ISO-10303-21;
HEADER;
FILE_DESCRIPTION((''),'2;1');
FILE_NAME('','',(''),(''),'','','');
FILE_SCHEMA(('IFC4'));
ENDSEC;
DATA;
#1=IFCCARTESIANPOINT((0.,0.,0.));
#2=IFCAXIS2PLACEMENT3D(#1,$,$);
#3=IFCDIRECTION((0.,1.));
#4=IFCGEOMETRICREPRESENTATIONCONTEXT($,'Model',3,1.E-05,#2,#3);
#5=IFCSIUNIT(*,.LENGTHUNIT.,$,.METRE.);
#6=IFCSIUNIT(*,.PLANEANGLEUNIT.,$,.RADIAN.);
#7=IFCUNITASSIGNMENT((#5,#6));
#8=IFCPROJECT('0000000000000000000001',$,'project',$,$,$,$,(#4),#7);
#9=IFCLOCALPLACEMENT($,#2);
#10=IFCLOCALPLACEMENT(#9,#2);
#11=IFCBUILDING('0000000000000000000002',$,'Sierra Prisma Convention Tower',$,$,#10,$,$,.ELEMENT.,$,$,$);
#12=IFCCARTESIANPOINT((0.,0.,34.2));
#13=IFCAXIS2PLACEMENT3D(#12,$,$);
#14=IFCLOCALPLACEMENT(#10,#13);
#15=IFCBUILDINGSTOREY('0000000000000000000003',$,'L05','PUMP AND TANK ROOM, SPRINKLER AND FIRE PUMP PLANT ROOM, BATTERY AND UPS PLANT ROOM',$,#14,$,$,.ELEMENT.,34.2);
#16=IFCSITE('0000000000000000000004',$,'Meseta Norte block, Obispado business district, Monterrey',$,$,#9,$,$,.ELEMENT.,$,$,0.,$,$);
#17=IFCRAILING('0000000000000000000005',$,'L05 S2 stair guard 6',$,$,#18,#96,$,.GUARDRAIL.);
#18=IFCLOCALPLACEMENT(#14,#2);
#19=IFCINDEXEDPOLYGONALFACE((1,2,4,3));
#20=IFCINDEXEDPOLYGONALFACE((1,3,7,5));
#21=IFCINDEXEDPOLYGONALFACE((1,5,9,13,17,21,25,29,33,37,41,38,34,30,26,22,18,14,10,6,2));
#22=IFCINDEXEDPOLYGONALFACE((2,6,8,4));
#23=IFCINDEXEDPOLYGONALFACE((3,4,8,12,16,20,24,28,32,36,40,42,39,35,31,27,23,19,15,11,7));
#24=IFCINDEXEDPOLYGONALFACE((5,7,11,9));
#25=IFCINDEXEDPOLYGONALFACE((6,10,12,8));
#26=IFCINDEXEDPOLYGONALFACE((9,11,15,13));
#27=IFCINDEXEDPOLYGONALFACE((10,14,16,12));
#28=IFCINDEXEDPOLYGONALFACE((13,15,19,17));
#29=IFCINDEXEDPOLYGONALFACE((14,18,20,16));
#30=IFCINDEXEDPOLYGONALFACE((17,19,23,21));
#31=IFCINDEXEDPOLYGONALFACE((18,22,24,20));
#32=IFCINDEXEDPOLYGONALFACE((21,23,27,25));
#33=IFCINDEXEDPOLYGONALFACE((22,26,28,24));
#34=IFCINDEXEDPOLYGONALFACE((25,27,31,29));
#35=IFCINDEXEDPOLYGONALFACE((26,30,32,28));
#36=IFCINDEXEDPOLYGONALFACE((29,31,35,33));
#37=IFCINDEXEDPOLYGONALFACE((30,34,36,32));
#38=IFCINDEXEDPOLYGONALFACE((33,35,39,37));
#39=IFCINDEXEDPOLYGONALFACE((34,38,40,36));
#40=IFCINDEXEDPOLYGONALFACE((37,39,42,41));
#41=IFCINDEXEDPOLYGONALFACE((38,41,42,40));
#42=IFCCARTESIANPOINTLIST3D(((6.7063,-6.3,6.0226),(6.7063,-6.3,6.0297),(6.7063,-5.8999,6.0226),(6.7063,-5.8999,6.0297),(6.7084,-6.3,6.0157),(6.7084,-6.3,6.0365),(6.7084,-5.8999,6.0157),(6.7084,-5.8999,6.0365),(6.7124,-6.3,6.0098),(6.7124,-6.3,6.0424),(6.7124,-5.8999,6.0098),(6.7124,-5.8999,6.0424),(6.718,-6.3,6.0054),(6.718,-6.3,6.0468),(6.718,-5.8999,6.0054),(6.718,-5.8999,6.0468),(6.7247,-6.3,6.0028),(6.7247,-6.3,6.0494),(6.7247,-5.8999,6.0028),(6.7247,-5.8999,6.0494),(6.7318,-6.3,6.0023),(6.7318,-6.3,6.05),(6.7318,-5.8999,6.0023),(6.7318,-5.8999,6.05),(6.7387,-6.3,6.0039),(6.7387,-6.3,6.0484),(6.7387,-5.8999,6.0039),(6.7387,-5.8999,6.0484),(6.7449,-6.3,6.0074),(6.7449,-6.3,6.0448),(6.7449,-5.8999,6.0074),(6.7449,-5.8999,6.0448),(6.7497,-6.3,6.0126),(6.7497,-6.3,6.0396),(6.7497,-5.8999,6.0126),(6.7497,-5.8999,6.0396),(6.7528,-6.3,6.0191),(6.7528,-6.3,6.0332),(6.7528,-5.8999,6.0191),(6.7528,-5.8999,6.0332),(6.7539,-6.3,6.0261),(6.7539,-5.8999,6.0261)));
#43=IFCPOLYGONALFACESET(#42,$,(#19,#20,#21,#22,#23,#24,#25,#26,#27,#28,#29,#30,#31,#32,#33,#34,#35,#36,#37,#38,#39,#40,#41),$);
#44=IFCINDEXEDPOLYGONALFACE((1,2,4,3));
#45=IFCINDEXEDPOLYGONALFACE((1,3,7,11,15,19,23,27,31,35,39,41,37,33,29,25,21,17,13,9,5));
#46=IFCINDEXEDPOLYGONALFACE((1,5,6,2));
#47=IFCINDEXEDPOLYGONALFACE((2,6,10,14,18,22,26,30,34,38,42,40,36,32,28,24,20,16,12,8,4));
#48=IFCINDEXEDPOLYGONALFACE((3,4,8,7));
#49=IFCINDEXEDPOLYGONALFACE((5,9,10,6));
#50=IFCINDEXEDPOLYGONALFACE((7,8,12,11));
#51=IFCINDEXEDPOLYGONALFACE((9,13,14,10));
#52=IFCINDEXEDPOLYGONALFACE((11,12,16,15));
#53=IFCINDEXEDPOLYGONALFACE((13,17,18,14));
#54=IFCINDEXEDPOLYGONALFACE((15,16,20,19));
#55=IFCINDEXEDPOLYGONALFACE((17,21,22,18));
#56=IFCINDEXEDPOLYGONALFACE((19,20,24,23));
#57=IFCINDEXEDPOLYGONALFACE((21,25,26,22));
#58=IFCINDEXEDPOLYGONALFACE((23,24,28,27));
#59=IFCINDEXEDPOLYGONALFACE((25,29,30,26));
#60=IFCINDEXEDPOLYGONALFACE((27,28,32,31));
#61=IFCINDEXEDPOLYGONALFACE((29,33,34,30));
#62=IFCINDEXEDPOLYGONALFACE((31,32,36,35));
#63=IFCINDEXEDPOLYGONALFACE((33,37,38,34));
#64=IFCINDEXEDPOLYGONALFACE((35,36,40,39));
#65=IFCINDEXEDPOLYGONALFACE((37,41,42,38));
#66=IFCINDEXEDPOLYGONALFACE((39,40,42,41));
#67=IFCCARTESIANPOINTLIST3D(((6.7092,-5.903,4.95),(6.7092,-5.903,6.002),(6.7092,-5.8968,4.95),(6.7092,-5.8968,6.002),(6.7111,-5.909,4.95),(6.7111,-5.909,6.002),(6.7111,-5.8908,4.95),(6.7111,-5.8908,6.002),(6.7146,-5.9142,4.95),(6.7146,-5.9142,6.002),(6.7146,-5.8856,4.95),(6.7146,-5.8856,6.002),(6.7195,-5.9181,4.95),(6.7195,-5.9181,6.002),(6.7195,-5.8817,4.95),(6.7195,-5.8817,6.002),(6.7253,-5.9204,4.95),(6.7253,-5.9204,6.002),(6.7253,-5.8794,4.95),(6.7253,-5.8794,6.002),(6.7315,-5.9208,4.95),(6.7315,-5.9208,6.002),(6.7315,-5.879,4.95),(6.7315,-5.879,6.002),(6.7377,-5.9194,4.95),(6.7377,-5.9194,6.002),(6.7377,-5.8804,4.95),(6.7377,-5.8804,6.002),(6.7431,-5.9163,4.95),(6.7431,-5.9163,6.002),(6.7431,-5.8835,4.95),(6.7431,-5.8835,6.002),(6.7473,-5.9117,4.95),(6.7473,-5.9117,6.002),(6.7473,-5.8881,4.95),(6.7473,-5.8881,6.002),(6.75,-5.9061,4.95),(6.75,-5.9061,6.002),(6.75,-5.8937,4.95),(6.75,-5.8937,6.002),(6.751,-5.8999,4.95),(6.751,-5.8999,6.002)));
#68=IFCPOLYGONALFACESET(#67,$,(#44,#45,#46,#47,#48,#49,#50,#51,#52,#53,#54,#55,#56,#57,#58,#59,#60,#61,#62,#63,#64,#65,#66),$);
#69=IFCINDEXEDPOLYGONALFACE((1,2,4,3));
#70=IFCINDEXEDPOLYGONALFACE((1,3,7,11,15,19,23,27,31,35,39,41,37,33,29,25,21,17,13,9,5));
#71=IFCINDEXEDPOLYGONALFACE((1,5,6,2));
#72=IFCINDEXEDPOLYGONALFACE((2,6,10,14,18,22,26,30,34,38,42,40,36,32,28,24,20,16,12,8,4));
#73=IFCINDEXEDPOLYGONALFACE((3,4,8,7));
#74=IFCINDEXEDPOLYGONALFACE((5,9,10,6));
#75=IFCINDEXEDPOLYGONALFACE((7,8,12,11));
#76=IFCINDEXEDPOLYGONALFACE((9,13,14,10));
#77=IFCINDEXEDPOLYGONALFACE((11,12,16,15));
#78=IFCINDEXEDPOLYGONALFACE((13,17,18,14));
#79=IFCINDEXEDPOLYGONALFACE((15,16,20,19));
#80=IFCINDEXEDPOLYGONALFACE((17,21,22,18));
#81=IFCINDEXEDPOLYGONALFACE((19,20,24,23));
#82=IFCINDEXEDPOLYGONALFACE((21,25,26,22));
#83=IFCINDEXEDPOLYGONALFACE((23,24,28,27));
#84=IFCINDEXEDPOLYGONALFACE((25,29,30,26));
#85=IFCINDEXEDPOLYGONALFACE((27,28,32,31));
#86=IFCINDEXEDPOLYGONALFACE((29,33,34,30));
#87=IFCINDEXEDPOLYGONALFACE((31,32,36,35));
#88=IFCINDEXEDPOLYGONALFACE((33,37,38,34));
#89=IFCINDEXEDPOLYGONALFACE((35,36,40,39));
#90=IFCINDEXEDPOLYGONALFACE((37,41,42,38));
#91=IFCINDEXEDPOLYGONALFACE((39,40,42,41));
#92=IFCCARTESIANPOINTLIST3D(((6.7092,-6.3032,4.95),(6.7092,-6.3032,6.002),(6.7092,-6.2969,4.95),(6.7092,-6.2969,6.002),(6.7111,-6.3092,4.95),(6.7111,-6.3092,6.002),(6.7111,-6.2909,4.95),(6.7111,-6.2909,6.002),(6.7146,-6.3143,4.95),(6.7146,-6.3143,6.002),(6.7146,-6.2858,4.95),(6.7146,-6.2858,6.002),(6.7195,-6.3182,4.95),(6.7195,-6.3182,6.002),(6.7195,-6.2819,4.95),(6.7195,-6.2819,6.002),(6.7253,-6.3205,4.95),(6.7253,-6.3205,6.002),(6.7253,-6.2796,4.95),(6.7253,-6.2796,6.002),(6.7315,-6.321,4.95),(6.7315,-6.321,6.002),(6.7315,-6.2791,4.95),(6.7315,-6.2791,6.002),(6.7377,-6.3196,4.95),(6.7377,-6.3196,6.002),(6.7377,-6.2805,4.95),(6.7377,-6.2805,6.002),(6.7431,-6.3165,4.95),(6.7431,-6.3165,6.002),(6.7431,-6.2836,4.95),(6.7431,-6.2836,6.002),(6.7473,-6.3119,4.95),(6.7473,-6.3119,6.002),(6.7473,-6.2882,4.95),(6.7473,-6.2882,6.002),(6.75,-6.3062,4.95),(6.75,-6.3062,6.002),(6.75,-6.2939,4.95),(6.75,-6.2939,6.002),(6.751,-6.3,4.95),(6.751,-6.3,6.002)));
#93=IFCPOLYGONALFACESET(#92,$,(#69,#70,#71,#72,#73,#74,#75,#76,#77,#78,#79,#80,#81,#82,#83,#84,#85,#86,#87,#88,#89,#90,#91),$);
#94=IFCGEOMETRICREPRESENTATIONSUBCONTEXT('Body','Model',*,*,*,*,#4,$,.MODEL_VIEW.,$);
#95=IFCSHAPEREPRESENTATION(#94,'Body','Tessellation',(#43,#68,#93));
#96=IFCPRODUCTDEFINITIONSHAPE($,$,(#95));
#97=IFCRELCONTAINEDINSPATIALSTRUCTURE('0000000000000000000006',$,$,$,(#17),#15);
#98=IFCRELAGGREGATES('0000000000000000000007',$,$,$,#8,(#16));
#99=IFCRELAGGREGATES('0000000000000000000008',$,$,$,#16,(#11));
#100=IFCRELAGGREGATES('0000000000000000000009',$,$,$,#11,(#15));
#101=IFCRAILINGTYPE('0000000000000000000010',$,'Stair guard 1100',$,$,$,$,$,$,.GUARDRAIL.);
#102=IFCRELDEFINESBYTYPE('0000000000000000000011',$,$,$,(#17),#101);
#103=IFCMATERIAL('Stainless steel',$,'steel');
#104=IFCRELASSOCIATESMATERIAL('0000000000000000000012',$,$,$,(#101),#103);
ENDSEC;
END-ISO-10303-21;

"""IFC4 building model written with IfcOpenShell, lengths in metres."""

from ifc_helpers import new_model, si_unit, direction, frame, origin, origin_2d, place, context, subcontext, project, spatial, circle, extrude, material, type_object, element, save


model = new_model("IFC4")

# Units and contexts
model_context = context("Model", 3, precision=1e-05, world=origin(), true_north=direction((0.0, 1.0)))
body_context = subcontext(model_context, "Body", "Model", "MODEL_VIEW")
ifc_project = project(units=[si_unit("LENGTHUNIT", "METRE"), si_unit("PLANEANGLEUNIT", "RADIAN")], contexts=[model_context])

# Site, building, storey
site_placement = place(None, origin())
site = spatial("IfcSite", under=ifc_project, at=site_placement, Name="Meseta Norte block, Obispado business district, Monterrey", CompositionType="ELEMENT", RefElevation=0.0)
building_placement = place(site_placement, origin())
building = spatial("IfcBuilding", under=site, at=building_placement, Name="Sierra Prisma Convention Tower", CompositionType="ELEMENT")
storey_placement = place(building_placement, frame((0.0, 0.0, 34.2)))
storey = spatial("IfcBuildingStorey", under=building, at=storey_placement, Name="L05", Description="PUMP AND TANK ROOM, SPRINKLER AND FIRE PUMP PLANT ROOM, BATTERY AND UPS PLANT ROOM", CompositionType="ELEMENT", Elevation=34.2)

# Railing
ifc_material_1 = material(Name="Stainless steel", Category="steel")
railing_type_1 = type_object("IfcRailingType", Name="Stair guard 1100", PredefinedType="GUARDRAIL", material=ifc_material_1)
railing_1_placement = place(storey_placement, frame((6.73, -5.8999, 4.95)))
element("IfcRailing", 1, at=railing_1_placement, inside=storey, type_object=railing_type_1, Name="L05 S2 stair guard 6", PredefinedType="GUARDRAIL", context=body_context, shape_type="SweptSolid", body=[
    extrude(circle(Radius=0.0239, at=origin_2d()), frame((0.0, 0.0, 1.0762), z_axis=(0.0, -1.0, 0.0), x_axis=(1.0, 0.0, 0.0)), (0.0, 0.0, 1.0), 0.4001),
    extrude(circle(Radius=0.021, at=origin_2d()), origin(), (0.0, 0.0, 1.0), 1.052),
    extrude(circle(Radius=0.021, at=origin_2d()), frame((0.0, -0.4001, 0.0)), (0.0, 0.0, 1.0), 1.052),
])

save(model, "model.ifc")
